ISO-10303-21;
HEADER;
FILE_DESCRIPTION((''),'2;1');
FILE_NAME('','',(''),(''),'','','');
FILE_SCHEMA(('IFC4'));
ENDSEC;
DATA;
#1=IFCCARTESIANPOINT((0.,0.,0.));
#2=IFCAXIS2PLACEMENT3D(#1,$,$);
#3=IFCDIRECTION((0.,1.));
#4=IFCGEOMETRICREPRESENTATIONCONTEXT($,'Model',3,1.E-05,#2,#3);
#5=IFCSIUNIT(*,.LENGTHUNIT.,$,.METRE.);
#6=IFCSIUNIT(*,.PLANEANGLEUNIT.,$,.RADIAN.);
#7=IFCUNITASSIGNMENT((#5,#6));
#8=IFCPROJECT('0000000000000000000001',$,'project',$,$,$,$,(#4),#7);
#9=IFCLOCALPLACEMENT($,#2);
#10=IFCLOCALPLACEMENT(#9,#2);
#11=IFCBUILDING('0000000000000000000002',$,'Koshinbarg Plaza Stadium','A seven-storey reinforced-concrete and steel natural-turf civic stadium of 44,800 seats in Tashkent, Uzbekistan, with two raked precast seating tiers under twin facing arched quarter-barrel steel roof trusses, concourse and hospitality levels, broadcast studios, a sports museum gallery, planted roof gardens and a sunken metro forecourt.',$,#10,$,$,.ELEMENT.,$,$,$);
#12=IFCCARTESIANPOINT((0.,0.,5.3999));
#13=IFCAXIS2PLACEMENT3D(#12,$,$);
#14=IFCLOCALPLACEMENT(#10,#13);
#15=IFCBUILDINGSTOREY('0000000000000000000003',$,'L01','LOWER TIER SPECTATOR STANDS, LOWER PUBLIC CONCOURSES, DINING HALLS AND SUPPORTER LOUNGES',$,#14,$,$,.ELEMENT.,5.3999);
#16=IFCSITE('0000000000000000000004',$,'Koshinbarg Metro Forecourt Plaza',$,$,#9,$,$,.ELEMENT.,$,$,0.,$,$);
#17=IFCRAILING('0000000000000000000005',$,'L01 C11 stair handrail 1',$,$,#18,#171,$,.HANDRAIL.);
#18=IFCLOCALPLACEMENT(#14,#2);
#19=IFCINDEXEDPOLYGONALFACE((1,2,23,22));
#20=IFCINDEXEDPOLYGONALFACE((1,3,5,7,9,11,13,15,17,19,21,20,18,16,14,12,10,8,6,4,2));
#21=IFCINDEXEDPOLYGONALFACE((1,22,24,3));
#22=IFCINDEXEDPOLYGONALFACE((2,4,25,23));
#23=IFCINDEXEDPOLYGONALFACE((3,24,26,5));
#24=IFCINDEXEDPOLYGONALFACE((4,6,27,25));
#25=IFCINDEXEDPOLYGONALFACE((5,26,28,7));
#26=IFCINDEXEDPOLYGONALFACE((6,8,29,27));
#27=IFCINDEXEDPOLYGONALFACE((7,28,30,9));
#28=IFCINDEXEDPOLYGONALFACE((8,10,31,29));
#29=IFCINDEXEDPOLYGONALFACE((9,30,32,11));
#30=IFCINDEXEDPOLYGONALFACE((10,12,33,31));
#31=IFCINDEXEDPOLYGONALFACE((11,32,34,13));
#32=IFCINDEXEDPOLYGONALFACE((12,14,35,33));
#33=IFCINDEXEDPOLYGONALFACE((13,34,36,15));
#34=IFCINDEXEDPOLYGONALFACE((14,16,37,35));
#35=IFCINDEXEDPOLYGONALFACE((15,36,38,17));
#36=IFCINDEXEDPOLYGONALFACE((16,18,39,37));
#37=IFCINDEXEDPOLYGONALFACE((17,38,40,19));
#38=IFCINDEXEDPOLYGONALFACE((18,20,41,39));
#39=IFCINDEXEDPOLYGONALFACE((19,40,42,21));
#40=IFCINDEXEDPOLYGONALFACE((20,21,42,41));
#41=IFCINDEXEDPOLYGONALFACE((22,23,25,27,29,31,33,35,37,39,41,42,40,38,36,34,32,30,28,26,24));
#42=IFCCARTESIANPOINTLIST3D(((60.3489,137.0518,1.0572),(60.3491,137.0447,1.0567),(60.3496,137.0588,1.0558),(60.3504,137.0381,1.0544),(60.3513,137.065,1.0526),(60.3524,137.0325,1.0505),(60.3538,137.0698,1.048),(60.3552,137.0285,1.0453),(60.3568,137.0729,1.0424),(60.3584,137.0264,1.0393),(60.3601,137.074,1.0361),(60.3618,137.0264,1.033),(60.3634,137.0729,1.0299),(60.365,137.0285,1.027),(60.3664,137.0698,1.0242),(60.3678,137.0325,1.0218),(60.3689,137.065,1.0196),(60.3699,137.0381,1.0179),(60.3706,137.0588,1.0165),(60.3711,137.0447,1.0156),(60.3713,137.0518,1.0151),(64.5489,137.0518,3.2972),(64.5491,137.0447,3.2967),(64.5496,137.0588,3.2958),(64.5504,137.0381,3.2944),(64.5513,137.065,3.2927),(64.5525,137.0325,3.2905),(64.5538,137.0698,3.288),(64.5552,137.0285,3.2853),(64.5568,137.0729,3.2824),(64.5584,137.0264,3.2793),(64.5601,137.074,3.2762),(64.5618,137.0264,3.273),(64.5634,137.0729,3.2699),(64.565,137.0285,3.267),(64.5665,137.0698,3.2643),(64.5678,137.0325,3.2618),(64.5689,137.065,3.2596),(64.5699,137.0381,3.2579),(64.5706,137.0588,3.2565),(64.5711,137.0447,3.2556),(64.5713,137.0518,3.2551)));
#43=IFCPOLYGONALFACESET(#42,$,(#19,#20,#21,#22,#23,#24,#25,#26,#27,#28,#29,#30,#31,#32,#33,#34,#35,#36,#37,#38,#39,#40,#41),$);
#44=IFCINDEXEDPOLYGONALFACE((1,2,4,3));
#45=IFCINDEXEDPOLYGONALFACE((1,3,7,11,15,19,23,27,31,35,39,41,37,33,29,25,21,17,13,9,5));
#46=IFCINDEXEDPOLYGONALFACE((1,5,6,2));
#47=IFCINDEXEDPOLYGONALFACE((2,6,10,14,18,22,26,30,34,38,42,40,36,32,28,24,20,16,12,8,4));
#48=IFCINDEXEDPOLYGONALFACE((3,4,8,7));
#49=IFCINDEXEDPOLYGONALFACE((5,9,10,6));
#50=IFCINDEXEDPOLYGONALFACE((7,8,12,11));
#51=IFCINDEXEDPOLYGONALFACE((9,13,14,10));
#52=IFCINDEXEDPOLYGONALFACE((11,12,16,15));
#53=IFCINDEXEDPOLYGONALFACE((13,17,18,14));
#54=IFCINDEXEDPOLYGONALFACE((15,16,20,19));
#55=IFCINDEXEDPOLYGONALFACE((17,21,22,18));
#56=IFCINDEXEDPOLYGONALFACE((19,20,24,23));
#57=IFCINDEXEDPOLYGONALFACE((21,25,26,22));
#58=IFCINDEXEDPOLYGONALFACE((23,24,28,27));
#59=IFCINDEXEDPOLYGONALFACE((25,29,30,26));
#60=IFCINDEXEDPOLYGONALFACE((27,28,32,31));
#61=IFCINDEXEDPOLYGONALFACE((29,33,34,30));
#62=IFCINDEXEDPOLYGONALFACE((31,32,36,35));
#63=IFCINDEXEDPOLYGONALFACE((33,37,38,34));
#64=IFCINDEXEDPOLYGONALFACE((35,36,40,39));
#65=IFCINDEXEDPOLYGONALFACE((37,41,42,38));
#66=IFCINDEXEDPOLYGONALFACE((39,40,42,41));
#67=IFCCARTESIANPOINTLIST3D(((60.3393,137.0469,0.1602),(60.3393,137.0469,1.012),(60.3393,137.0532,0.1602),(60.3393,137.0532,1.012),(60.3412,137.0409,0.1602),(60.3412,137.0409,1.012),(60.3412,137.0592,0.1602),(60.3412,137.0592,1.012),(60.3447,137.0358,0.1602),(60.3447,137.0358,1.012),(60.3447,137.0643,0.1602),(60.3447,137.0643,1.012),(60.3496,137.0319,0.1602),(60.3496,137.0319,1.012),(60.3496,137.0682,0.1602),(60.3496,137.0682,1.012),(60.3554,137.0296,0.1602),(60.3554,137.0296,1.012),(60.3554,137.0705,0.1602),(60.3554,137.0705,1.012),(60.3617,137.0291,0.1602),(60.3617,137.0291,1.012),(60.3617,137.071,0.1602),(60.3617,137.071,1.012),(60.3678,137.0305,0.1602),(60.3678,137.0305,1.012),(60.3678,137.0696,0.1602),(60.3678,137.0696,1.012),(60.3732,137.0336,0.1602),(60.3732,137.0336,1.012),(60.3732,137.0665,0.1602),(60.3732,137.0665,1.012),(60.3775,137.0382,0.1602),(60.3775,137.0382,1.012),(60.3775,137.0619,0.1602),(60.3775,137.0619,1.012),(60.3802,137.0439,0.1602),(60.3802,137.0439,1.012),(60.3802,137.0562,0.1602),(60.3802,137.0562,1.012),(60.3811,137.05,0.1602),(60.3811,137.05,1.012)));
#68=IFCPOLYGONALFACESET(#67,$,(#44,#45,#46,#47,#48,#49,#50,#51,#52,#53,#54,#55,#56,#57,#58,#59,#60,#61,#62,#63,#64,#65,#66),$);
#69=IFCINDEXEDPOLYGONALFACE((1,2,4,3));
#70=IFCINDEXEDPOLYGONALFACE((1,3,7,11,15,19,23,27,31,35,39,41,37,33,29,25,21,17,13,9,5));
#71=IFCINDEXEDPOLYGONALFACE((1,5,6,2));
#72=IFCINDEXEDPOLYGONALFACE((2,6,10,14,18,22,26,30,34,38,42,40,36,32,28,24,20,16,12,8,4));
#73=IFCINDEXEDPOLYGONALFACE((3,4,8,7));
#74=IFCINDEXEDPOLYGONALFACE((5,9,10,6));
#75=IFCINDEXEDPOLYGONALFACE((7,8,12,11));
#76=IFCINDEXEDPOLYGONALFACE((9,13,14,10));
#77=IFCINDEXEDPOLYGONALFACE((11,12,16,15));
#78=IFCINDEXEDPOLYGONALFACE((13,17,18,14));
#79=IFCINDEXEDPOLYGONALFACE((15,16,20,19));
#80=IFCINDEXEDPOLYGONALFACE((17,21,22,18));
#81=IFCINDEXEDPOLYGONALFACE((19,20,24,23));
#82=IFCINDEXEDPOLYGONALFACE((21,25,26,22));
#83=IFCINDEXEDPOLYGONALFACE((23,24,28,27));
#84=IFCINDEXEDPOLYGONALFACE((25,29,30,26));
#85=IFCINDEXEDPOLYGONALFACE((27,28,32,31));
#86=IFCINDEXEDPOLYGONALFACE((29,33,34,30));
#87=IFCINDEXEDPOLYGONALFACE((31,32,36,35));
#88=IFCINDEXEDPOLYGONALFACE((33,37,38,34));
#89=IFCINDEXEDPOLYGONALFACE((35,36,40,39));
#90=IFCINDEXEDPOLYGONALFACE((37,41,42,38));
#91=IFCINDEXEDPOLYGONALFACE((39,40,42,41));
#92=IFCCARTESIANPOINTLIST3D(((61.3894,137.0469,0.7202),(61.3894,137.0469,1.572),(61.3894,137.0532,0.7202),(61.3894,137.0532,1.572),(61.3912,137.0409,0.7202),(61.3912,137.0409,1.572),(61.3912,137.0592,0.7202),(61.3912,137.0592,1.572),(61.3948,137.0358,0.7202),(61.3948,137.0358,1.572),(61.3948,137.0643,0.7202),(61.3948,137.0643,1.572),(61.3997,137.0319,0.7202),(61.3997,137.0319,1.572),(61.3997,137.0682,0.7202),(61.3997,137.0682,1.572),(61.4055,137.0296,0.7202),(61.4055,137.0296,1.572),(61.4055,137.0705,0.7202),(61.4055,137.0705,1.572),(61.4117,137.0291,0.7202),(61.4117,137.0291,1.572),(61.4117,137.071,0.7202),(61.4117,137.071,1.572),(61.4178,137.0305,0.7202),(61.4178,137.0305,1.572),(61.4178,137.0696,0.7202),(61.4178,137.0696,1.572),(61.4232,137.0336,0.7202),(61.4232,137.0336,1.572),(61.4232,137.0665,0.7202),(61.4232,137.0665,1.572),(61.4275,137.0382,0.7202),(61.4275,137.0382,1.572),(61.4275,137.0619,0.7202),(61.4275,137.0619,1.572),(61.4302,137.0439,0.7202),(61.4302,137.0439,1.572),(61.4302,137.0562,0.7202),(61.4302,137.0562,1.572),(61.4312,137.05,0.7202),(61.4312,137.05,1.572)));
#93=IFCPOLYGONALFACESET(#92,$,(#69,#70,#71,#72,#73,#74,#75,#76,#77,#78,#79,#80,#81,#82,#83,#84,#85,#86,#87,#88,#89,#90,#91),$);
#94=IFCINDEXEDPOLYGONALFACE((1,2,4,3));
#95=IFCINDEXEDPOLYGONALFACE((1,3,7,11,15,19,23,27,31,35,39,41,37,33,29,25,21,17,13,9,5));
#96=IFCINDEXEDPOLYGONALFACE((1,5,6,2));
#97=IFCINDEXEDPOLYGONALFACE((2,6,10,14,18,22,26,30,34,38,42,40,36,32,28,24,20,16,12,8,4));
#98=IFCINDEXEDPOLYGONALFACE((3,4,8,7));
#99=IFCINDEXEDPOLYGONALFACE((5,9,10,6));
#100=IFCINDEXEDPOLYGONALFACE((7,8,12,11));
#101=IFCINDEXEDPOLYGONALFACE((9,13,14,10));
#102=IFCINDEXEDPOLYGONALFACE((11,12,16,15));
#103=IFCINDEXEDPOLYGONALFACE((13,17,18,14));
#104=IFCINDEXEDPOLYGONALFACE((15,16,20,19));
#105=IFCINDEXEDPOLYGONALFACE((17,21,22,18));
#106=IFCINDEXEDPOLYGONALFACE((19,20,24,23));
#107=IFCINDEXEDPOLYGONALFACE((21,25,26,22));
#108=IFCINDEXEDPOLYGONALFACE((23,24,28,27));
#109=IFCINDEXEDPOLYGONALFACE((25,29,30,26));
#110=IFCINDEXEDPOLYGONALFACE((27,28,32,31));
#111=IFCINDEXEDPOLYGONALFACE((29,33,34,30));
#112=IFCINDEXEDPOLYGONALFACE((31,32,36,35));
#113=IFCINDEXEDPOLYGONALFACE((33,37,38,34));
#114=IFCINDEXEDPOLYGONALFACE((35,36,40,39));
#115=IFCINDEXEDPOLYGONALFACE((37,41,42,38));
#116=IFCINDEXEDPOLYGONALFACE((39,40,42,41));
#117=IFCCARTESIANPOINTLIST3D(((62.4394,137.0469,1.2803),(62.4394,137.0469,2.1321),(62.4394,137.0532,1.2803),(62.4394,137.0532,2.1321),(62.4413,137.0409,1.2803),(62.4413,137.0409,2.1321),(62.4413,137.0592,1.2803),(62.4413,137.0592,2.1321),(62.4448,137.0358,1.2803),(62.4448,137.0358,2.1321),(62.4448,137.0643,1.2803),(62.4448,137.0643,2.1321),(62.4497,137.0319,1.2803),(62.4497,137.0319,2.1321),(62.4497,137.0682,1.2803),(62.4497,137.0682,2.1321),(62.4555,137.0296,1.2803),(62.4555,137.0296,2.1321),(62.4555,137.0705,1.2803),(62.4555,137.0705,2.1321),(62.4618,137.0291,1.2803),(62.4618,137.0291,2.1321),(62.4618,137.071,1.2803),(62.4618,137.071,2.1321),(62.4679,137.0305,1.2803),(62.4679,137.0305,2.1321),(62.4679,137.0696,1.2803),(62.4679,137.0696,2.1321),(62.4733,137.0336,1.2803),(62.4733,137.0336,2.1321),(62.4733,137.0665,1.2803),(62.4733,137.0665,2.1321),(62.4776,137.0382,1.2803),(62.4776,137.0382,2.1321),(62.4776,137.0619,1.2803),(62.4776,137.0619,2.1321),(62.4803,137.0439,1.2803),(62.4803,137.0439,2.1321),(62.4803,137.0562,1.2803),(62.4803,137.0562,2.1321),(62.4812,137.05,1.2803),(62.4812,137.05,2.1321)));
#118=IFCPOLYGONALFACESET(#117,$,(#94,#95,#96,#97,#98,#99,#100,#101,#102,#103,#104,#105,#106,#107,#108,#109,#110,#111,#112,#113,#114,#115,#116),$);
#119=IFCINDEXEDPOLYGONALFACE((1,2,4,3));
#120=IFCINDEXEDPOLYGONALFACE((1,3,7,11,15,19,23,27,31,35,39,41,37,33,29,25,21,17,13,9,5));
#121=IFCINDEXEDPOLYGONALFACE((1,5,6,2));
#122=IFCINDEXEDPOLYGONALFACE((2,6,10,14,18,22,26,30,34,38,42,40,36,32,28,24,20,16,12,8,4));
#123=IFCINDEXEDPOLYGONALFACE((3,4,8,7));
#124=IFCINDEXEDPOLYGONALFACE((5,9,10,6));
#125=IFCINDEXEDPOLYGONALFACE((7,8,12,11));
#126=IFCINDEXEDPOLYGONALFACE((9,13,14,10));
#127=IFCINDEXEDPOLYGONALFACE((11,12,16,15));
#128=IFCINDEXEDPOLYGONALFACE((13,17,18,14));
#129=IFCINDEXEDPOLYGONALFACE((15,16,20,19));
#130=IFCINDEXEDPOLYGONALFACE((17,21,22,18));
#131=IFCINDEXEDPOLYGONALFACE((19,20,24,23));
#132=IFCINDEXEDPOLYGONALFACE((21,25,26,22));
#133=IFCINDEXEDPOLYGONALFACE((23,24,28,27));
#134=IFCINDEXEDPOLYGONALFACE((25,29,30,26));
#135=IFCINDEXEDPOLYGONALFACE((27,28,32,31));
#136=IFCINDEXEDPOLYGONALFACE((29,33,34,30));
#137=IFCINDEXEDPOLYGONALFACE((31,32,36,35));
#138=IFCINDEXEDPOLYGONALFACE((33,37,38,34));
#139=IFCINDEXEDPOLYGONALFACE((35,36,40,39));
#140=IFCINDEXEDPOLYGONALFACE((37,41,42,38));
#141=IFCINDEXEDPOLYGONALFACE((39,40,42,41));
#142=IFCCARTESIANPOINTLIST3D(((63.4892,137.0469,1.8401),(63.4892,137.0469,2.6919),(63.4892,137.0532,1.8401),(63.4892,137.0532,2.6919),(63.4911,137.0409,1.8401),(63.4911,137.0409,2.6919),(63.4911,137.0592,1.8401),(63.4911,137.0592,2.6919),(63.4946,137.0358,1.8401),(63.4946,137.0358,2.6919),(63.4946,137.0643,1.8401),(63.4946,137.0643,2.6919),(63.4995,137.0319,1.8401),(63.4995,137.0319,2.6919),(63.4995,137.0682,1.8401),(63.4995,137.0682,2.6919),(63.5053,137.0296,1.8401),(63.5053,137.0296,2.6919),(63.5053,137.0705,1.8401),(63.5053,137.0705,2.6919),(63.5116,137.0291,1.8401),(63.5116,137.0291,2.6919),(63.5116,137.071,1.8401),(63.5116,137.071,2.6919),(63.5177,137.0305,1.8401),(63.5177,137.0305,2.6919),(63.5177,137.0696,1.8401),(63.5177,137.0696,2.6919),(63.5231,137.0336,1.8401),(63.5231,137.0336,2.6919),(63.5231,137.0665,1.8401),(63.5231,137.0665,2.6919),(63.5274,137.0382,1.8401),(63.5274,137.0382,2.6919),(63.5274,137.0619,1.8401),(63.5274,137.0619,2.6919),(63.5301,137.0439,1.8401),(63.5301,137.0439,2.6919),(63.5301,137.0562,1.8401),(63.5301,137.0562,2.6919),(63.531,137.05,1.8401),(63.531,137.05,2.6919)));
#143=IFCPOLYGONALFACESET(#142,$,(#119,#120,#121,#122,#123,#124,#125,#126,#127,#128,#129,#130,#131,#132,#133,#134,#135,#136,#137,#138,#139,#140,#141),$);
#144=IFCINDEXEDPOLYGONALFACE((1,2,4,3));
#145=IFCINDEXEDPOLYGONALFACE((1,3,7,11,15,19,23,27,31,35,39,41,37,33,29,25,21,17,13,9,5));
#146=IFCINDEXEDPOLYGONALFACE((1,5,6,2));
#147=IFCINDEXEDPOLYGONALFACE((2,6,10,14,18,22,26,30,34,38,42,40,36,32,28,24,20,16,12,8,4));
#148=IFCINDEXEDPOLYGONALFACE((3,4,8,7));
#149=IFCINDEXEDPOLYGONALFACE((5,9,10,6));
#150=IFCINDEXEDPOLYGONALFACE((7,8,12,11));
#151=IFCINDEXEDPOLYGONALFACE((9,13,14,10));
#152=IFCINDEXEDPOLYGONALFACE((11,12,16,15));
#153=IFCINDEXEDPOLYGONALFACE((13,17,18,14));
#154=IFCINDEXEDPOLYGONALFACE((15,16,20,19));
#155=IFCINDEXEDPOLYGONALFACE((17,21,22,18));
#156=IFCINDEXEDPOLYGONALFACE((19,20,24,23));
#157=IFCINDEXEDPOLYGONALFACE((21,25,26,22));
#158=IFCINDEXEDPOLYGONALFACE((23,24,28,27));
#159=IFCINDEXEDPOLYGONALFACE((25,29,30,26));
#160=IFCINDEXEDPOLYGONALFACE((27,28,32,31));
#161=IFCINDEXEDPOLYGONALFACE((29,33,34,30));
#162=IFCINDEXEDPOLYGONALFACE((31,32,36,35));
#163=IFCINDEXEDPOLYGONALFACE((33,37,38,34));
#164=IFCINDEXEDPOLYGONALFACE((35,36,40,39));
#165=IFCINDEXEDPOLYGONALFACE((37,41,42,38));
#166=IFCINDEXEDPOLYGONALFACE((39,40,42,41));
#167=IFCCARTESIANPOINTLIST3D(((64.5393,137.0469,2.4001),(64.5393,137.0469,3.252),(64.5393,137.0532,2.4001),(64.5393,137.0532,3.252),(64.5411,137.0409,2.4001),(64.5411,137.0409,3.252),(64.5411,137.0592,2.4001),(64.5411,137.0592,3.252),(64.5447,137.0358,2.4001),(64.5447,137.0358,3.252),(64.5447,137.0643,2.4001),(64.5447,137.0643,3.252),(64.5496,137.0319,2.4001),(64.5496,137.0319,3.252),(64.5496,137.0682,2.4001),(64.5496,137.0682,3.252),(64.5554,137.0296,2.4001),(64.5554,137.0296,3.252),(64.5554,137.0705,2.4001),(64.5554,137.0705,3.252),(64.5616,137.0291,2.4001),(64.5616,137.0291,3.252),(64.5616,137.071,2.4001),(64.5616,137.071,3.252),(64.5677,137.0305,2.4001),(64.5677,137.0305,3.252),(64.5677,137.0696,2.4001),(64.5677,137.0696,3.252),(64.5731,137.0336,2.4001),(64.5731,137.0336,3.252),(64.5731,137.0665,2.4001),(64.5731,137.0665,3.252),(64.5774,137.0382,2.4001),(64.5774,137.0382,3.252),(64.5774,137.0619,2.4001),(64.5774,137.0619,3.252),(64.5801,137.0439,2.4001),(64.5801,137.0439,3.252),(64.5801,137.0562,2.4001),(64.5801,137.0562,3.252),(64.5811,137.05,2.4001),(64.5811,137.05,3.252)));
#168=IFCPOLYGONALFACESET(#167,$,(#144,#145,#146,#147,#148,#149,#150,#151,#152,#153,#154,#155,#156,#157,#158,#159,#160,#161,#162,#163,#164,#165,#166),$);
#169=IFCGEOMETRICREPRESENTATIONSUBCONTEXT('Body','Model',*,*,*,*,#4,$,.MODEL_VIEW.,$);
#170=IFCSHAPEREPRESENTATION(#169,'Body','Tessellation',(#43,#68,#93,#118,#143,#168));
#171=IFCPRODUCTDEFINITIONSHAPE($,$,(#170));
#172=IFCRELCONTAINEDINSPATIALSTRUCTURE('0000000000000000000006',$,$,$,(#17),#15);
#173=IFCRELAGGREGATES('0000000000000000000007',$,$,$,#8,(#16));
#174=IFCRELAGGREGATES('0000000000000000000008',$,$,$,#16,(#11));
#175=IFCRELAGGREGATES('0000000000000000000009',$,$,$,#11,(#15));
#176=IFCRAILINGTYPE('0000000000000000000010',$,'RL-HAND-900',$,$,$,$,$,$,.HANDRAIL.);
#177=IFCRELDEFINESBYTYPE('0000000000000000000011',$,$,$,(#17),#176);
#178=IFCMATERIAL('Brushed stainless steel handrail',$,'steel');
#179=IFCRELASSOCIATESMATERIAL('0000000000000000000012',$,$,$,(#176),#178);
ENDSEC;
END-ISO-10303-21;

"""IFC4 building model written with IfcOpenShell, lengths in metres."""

from ifc_helpers import new_model, si_unit, direction, frame, origin, origin_2d, place, context, subcontext, project, spatial, circle, extrude, material, type_object, element, save


model = new_model("IFC4")

# Units and contexts
model_context = context("Model", 3, precision=1e-05, world=origin(), true_north=direction((0.0, 1.0)))
body_context = subcontext(model_context, "Body", "Model", "MODEL_VIEW")
ifc_project = project(units=[si_unit("LENGTHUNIT", "METRE"), si_unit("PLANEANGLEUNIT", "RADIAN")], contexts=[model_context])

# Site, building, storey
site_placement = place(None, origin())
site = spatial("IfcSite", under=ifc_project, at=site_placement, Name="Koshinbarg Metro Forecourt Plaza", CompositionType="ELEMENT", RefElevation=0.0)
building_placement = place(site_placement, origin())
building = spatial("IfcBuilding", under=site, at=building_placement, Name="Koshinbarg Plaza Stadium", Description="A seven-storey reinforced-concrete and steel natural-turf civic stadium of 44,800 seats in Tashkent, Uzbekistan, with two raked precast seating tiers under twin facing arched quarter-barrel steel roof trusses, concourse and hospitality levels, broadcast studios, a sports museum gallery, planted roof gardens and a sunken metro forecourt.", CompositionType="ELEMENT")
storey_placement = place(building_placement, frame((0.0, 0.0, 5.3999)))
storey = spatial("IfcBuildingStorey", under=building, at=storey_placement, Name="L01", Description="LOWER TIER SPECTATOR STANDS, LOWER PUBLIC CONCOURSES, DINING HALLS AND SUPPORTER LOUNGES", CompositionType="ELEMENT", Elevation=5.3999)

# Railing
ifc_material_1 = material(Name="Brushed stainless steel handrail", Category="steel")
railing_type_1 = type_object("IfcRailingType", Name="RL-HAND-900", PredefinedType="HANDRAIL", material=ifc_material_1)
railing_1_placement = place(storey_placement, frame((60.3601, 137.05, 0.1602)))
element("IfcRailing", 1, at=railing_1_placement, inside=storey, type_object=railing_type_1, Name="L01 C11 stair handrail 1", PredefinedType="HANDRAIL", context=body_context, shape_type="SweptSolid", body=[
    extrude(circle(Radius=0.0239, at=origin_2d()), frame((0.0, 0.0, 0.876), z_axis=(0.882352, 0.0, 0.470591), x_axis=(0.0, 1.0, 0.0)), (0.0, 0.0, 1.0), 4.76),
    extrude(circle(Radius=0.021, at=origin_2d()), origin(), (0.0, 0.0, 1.0), 0.8518),
    extrude(circle(Radius=0.021, at=origin_2d()), frame((1.05, 0.0, 0.5601)), (0.0, 0.0, 1.0), 0.8518),
    extrude(circle(Radius=0.021, at=origin_2d()), frame((2.1001, 0.0, 1.1201)), (0.0, 0.0, 1.0), 0.8518),
    extrude(circle(Radius=0.021, at=origin_2d()), frame((3.1499, 0.0, 1.6799)), (0.0, 0.0, 1.0), 0.8518),
    extrude(circle(Radius=0.021, at=origin_2d()), frame((4.2, 0.0, 2.24)), (0.0, 0.0, 1.0), 0.8518),
])

save(model, "model.ifc")
